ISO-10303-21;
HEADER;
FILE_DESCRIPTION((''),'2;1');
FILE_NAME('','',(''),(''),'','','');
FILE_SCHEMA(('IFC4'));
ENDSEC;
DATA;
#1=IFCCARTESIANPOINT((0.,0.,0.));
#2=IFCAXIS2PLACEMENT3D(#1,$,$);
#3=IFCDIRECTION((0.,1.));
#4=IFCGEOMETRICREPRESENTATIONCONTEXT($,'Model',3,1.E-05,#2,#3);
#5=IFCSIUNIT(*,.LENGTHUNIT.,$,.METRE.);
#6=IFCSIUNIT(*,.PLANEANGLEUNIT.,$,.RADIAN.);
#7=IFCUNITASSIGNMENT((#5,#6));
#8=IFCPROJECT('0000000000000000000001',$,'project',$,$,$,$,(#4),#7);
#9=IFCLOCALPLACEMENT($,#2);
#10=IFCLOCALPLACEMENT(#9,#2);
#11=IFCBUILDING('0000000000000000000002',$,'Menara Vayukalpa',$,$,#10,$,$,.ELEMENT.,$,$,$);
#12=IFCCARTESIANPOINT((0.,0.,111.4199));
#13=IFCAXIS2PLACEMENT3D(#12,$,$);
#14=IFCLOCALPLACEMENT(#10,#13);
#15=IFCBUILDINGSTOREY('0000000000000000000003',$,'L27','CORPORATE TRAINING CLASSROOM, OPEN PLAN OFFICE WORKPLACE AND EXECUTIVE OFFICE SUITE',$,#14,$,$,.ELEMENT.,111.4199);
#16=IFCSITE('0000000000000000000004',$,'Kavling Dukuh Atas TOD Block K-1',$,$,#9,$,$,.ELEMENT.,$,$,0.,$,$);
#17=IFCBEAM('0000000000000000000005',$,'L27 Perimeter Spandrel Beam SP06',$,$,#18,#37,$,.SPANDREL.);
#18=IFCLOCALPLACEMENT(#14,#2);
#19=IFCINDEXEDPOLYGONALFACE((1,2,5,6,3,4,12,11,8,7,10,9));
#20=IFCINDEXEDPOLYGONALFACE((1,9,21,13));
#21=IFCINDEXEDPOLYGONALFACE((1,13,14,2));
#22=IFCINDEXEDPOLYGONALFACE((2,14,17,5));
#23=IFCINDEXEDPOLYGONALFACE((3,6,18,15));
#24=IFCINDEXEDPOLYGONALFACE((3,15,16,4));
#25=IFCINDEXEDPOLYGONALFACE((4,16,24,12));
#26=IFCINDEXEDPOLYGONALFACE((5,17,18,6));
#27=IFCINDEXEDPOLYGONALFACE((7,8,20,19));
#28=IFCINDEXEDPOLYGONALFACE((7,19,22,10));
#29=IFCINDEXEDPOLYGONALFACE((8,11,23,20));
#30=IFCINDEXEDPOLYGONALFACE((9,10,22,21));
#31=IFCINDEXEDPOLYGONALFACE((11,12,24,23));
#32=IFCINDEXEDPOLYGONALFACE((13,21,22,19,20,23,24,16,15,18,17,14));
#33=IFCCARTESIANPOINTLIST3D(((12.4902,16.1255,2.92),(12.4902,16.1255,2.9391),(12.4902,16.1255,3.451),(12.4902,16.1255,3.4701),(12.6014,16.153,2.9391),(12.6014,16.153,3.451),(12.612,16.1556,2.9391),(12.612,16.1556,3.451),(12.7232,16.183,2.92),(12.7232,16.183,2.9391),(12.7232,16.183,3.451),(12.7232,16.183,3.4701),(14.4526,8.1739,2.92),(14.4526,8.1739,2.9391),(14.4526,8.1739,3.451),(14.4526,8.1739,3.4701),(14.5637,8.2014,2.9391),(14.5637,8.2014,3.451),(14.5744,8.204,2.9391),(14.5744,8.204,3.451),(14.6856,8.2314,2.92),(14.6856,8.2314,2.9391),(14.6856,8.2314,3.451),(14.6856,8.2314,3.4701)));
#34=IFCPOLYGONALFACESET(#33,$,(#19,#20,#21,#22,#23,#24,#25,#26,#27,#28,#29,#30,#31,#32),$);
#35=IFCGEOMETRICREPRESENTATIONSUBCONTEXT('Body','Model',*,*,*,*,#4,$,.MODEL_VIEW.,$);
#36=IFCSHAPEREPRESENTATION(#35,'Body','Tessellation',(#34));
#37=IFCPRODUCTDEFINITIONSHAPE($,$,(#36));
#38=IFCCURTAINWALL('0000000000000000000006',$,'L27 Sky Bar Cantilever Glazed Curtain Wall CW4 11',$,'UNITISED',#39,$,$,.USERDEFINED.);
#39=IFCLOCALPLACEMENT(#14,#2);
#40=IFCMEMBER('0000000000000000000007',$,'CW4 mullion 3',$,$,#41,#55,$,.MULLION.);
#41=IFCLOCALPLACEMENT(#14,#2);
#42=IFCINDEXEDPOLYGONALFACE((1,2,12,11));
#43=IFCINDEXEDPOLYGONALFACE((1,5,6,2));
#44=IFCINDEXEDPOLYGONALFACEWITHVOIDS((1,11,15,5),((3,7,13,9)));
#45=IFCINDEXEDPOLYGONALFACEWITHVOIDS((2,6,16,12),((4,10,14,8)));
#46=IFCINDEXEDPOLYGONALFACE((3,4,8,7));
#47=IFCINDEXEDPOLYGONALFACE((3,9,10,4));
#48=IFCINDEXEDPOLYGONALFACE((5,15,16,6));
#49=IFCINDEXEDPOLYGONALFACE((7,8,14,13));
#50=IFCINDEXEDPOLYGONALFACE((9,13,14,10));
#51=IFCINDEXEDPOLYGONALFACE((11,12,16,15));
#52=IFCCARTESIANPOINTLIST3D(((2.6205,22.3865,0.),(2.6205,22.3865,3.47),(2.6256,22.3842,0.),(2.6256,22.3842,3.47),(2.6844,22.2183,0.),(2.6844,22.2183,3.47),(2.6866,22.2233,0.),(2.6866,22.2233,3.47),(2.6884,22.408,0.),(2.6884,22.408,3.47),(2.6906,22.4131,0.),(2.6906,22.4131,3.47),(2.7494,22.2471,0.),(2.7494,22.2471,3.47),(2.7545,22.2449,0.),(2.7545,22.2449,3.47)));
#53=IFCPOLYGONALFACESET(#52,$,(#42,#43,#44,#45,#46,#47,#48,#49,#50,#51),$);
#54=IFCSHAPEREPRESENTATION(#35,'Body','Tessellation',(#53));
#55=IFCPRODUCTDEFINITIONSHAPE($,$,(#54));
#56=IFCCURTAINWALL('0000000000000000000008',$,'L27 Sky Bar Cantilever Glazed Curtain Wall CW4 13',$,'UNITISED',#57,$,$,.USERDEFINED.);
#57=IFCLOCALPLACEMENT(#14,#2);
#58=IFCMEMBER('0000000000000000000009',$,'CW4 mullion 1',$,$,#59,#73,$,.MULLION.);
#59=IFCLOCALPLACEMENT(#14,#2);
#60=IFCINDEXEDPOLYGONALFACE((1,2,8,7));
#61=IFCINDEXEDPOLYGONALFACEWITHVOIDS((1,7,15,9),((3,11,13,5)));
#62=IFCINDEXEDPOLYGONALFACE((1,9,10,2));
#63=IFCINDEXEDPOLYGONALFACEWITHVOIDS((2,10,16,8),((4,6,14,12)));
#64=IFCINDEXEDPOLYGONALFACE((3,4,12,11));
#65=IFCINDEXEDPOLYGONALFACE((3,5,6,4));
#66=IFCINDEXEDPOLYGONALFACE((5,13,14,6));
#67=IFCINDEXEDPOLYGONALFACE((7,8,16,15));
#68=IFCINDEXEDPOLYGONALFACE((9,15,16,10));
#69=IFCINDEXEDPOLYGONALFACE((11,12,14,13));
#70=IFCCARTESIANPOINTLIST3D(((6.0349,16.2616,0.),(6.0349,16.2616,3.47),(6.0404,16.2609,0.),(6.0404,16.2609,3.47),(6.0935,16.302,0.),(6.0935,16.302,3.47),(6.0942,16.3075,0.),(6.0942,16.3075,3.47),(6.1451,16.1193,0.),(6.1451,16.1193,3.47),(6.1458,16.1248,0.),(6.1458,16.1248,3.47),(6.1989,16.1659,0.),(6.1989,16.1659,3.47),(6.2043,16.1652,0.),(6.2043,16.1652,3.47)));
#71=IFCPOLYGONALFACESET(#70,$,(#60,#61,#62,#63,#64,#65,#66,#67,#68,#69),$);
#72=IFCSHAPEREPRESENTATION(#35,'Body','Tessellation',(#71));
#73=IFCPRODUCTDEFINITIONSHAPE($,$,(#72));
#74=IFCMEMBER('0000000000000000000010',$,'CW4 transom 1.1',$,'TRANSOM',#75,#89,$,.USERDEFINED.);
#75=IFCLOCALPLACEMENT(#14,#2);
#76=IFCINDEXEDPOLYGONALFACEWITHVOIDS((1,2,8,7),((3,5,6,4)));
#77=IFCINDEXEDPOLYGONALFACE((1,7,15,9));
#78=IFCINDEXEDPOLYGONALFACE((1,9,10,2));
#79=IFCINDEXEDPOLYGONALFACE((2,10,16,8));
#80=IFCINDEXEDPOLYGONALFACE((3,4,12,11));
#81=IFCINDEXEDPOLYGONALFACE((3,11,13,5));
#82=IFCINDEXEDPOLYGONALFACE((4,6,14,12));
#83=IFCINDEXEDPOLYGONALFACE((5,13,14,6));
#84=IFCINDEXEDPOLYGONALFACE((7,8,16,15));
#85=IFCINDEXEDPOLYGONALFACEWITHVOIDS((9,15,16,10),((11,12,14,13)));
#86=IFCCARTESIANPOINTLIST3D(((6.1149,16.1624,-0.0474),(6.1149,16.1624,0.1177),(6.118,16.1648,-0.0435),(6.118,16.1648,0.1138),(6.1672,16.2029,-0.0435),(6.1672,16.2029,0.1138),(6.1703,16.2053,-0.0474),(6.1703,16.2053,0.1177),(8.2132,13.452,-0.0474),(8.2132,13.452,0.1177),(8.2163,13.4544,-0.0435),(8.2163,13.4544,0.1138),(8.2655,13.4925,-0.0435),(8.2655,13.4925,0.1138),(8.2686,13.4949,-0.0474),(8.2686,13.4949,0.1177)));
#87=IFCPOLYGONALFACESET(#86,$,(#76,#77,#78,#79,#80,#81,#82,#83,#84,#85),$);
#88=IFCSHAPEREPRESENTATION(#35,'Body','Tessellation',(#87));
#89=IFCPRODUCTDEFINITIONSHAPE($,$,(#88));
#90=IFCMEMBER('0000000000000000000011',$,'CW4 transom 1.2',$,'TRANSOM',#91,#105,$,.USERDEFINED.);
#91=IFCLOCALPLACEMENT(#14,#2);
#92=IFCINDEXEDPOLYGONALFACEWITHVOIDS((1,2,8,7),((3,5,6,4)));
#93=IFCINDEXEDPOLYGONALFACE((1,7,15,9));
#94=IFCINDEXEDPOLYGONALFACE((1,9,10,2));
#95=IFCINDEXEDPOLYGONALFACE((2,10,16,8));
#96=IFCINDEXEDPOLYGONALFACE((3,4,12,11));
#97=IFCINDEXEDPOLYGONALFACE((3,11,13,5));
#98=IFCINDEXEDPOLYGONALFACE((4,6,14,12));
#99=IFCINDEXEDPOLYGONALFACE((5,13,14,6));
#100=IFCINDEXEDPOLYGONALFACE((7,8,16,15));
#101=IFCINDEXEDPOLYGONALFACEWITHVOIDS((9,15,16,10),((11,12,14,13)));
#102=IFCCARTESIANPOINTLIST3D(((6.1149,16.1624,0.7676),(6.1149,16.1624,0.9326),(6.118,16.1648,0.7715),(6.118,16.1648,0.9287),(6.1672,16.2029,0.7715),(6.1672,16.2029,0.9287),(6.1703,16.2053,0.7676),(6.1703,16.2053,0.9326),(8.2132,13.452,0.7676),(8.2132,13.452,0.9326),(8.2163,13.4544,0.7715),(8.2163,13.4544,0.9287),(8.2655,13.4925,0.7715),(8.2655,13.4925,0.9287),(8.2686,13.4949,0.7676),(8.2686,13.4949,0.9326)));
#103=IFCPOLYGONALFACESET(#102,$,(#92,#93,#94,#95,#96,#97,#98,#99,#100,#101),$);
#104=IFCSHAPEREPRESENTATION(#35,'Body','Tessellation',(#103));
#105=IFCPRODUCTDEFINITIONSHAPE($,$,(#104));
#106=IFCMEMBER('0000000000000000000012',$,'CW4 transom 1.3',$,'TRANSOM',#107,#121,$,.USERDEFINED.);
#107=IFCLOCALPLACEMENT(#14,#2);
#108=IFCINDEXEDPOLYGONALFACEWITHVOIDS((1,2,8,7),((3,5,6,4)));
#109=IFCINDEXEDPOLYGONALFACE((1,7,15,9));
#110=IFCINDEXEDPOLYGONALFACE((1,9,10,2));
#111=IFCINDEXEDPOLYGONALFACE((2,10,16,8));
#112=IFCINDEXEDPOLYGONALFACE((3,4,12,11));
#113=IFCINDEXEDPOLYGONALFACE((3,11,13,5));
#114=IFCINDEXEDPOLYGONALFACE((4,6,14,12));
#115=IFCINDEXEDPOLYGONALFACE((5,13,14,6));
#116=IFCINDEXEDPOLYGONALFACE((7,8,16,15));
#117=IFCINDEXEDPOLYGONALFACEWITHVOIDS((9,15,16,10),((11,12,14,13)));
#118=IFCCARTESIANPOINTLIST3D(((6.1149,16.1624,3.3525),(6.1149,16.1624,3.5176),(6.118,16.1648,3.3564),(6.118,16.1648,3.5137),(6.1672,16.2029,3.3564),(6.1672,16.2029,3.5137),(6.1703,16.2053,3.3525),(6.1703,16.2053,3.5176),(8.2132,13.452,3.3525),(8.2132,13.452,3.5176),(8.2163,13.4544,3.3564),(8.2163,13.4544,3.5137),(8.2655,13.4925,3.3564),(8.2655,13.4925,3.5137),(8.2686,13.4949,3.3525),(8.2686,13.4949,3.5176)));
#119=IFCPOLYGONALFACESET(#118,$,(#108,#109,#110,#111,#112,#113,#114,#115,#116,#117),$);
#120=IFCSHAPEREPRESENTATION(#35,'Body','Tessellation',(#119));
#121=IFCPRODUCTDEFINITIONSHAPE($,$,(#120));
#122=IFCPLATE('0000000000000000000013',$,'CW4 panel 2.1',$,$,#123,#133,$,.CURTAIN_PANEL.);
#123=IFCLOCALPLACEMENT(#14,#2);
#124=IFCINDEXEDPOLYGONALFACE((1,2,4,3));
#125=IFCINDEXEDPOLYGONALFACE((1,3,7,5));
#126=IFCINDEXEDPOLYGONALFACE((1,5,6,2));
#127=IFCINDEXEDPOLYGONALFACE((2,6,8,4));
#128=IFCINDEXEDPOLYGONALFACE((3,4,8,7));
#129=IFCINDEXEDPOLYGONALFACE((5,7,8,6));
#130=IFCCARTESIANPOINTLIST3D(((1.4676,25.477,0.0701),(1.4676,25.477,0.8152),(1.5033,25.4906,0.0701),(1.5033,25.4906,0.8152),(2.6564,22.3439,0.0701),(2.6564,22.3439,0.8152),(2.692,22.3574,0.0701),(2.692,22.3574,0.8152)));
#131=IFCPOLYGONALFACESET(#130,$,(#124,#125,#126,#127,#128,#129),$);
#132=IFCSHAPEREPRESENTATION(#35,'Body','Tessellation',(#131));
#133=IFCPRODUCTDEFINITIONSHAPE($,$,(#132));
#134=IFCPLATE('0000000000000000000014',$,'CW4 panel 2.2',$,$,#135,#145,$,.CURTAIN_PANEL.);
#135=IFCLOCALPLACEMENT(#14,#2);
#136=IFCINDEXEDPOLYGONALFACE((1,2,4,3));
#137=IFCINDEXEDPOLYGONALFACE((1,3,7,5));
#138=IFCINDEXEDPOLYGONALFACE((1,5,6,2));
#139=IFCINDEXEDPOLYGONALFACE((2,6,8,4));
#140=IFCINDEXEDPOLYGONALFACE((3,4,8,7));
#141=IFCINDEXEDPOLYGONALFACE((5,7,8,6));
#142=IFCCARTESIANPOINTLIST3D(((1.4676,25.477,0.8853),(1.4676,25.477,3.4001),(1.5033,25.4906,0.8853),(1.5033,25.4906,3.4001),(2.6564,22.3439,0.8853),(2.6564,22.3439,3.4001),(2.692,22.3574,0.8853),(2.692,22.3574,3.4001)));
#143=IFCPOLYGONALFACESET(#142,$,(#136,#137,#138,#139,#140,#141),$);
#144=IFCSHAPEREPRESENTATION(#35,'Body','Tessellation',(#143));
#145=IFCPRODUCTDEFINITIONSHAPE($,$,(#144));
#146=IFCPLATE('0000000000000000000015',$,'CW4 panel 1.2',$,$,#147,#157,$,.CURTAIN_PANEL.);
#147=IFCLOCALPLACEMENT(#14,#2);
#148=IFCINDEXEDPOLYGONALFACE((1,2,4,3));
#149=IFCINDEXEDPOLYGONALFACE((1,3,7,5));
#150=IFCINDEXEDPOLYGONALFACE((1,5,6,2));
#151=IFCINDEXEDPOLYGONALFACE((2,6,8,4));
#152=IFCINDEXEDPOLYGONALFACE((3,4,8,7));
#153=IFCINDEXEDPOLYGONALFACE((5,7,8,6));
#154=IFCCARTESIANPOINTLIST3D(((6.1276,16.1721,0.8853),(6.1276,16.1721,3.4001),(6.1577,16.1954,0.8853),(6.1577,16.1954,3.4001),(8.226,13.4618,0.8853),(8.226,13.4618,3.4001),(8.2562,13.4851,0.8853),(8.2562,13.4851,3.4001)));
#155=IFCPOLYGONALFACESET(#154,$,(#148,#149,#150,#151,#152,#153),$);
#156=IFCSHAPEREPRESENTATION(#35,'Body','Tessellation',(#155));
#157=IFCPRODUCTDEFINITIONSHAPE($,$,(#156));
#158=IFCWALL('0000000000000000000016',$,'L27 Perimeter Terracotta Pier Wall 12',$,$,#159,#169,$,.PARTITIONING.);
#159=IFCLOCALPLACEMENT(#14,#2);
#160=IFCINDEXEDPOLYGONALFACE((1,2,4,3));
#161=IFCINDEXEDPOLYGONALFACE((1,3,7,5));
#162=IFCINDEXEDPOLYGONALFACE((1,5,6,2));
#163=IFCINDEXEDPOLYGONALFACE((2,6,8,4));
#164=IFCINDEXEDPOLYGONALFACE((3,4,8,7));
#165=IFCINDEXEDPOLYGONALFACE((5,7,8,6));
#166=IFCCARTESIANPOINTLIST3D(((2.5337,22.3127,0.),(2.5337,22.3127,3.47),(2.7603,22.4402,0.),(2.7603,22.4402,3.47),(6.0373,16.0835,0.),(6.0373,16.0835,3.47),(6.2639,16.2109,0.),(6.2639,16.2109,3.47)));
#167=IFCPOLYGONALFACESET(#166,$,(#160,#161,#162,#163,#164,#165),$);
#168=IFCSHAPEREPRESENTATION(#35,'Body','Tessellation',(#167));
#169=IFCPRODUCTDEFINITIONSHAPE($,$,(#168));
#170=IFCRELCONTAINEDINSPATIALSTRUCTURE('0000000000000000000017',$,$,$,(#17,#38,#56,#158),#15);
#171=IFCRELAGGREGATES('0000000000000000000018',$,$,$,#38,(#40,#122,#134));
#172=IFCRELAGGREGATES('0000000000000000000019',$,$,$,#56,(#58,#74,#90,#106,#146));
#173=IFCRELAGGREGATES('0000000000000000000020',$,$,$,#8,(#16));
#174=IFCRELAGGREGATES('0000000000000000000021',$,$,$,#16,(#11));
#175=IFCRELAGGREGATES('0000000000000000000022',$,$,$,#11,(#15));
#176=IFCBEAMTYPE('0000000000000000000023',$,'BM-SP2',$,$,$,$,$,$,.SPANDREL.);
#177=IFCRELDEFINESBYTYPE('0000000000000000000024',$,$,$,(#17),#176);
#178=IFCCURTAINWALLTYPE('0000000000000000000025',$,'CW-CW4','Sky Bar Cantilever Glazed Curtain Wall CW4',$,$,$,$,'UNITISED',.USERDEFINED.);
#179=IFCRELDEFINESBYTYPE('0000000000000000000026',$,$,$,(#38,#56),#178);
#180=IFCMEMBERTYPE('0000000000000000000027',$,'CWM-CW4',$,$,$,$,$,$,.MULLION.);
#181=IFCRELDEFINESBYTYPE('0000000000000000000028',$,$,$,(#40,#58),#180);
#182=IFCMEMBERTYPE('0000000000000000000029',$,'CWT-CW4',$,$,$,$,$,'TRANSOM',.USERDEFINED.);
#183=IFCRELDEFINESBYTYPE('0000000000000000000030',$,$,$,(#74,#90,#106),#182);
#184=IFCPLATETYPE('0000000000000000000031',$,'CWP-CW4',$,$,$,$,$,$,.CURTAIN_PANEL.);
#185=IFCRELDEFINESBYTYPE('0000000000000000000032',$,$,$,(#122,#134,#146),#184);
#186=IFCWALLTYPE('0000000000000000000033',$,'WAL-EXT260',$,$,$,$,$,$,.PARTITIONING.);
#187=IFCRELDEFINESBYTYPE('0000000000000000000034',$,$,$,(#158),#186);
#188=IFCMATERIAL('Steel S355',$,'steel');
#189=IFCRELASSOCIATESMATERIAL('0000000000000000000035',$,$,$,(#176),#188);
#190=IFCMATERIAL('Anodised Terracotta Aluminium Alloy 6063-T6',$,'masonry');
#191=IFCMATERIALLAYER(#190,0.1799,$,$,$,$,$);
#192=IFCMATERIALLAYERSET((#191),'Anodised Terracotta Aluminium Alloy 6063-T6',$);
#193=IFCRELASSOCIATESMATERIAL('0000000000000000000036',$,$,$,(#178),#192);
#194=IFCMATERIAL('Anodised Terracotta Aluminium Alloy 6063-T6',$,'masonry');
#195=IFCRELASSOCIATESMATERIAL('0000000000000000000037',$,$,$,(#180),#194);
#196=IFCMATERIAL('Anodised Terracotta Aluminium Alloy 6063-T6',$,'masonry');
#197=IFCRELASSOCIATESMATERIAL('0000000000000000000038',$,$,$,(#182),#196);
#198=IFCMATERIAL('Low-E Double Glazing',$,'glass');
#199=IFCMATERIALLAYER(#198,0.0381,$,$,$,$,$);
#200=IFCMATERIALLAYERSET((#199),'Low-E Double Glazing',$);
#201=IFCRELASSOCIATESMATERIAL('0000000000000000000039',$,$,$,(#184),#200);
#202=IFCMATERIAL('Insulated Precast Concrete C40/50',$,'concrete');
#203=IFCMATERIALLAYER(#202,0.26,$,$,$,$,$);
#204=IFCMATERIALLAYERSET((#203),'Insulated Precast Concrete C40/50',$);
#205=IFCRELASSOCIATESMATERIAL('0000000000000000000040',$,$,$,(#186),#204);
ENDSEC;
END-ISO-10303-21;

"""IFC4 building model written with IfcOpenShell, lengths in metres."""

from ifc_helpers import new_model, si_unit, direction, frame, frame_2d, origin, origin_2d, place, context, subcontext, project, spatial, rectangle, hollow_rectangle, i_section, extrude, material, layer, layer_set, material_profile, profile_set, type_object, element, aggregate, save


model = new_model("IFC4")

# Units and contexts
model_context = context("Model", 3, precision=1e-05, world=origin(), true_north=direction((0.0, 1.0)))
body_context = subcontext(model_context, "Body", "Model", "MODEL_VIEW")
ifc_project = project(units=[si_unit("LENGTHUNIT", "METRE"), si_unit("PLANEANGLEUNIT", "RADIAN")], contexts=[model_context])

# Site, building, storey
site_placement = place(None, origin())
site = spatial("IfcSite", under=ifc_project, at=site_placement, Name="Kavling Dukuh Atas TOD Block K-1", CompositionType="ELEMENT", RefElevation=0.0)
building_placement = place(site_placement, origin())
building = spatial("IfcBuilding", under=site, at=building_placement, Name="Menara Vayukalpa", CompositionType="ELEMENT")
storey_placement = place(building_placement, frame((0.0, 0.0, 111.4199)))
storey = spatial("IfcBuildingStorey", under=building, at=storey_placement, Name="L27", Description="CORPORATE TRAINING CLASSROOM, OPEN PLAN OFFICE WORKPLACE AND EXECUTIVE OFFICE SUITE", CompositionType="ELEMENT", Elevation=111.4199)

# Beam
ifc_material_1 = material(Name="Steel S355", Category="steel")
ifc_material_profile_1 = material_profile(ifc_material_1, i_section(OverallWidth=0.24, OverallDepth=0.55, WebThickness=0.011, FlangeThickness=0.019, at=origin_2d()), Name="WF 550x240x11x19")
ifc_profile_set_1 = profile_set([ifc_material_profile_1], Name="Steel S355")
beam_type_1 = type_object("IfcBeamType", Name="BM-SP2", PredefinedType="SPANDREL", material=ifc_profile_set_1)
beam_1_placement = place(storey_placement, frame((12.6067, 16.1543, 3.1951), z_axis=(0.239603, -0.970871, 0.0), x_axis=(0.970871, 0.239603, 0.0)))
element("IfcBeam", 1, at=beam_1_placement, inside=storey, type_object=beam_type_1, Name="L27 Perimeter Spandrel Beam SP06", PredefinedType="SPANDREL", context=body_context, shape_type="SweptSolid", body=[
    extrude(i_section(OverallWidth=0.24, OverallDepth=0.55, WebThickness=0.011, FlangeThickness=0.019, at=origin_2d()), origin(), (0.0, 0.0, 1.0), 8.1902),
])

# Curtain wall, member
ifc_material_2 = material(Name="Anodised Terracotta Aluminium Alloy 6063-T6", Category="masonry")
ifc_layer_1 = layer(ifc_material_2, 0.1799)
ifc_layer_set_1 = layer_set([ifc_layer_1], Name="Anodised Terracotta Aluminium Alloy 6063-T6")
curtain_wall_type = type_object("IfcCurtainWallType", Name="CW-CW4", Description="Sky Bar Cantilever Glazed Curtain Wall CW4", ElementType="UNITISED", PredefinedType="USERDEFINED", material=ifc_layer_set_1)
curtain_wall_1_placement = place(storey_placement, origin())
curtain_wall_1 = element("IfcCurtainWall", 2, at=curtain_wall_1_placement, inside=storey, type_object=curtain_wall_type, Name="L27 Sky Bar Cantilever Glazed Curtain Wall CW4 11", ObjectType="UNITISED", PredefinedType="USERDEFINED")
ifc_material_3 = material(Name="Anodised Terracotta Aluminium Alloy 6063-T6", Category="masonry")
ifc_material_profile_2 = material_profile(ifc_material_3, hollow_rectangle(XDim=0.075, YDim=0.1799, WallThickness=0.0039, at=origin_2d()), Name="ALU 75x180x4")
ifc_profile_set_2 = profile_set([ifc_material_profile_2], Name="Anodised Terracotta Aluminium Alloy 6063-T6")
member_type_1 = type_object("IfcMemberType", Name="CWM-CW4", PredefinedType="MULLION", material=ifc_profile_set_2)
member_1_placement = place(storey_placement, frame((2.6875, 22.3157, 0.0), z_axis=(0.0, 0.0, 1.0), x_axis=(0.934964, 0.354742, 0.0)))
member_1 = element("IfcMember", 3, at=member_1_placement, type_object=member_type_1, Name="CW4 mullion 3", PredefinedType="MULLION", context=body_context, shape_type="SweptSolid", body=[
    extrude(hollow_rectangle(XDim=0.075, YDim=0.1799, WallThickness=0.0039, at=origin_2d()), origin(), (0.0, 0.0, 1.0), 3.47),
])

# Curtain wall, members
curtain_wall_2_placement = place(storey_placement, origin())
curtain_wall_2 = element("IfcCurtainWall", 4, at=curtain_wall_2_placement, inside=storey, type_object=curtain_wall_type, Name="L27 Sky Bar Cantilever Glazed Curtain Wall CW4 13", ObjectType="UNITISED", PredefinedType="USERDEFINED")
member_2_placement = place(storey_placement, frame((6.1196, 16.2134, 0.0), z_axis=(0.0, 0.0, 1.0), x_axis=(0.790712, 0.612189, 0.0)))
member_2 = element("IfcMember", 5, at=member_2_placement, type_object=member_type_1, Name="CW4 mullion 1", PredefinedType="MULLION", context=body_context, shape_type="SweptSolid", body=[
    extrude(hollow_rectangle(XDim=0.075, YDim=0.1799, WallThickness=0.0039, at=origin_2d()), origin(), (0.0, 0.0, 1.0), 3.47),
])
ifc_material_4 = material(Name="Anodised Terracotta Aluminium Alloy 6063-T6", Category="masonry")
ifc_material_profile_3 = material_profile(ifc_material_4, hollow_rectangle(XDim=0.0701, YDim=0.165, WallThickness=0.0039, at=origin_2d()), Name="ALU 70x165x4")
ifc_profile_set_3 = profile_set([ifc_material_profile_3], Name="Anodised Terracotta Aluminium Alloy 6063-T6")
member_type_2 = type_object("IfcMemberType", Name="CWT-CW4", ElementType="TRANSOM", PredefinedType="USERDEFINED", material=ifc_profile_set_3)
member_3_placement = place(storey_placement, frame((6.1426, 16.1838, 0.0352), z_axis=(0.612169, -0.790727, 0.0), x_axis=(0.790727, 0.612169, 0.0)))
member_3 = element("IfcMember", 6, at=member_3_placement, type_object=member_type_2, Name="CW4 transom 1.1", ObjectType="TRANSOM", PredefinedType="USERDEFINED", context=body_context, shape_type="SweptSolid", body=[
    extrude(hollow_rectangle(XDim=0.0701, YDim=0.165, WallThickness=0.0039, at=origin_2d()), origin(), (0.0, 0.0, 1.0), 3.4277),
])
member_4_placement = place(storey_placement, frame((6.1426, 16.1838, 0.8501), z_axis=(0.612169, -0.790727, 0.0), x_axis=(0.790727, 0.612169, 0.0)))
member_4 = element("IfcMember", 7, at=member_4_placement, type_object=member_type_2, Name="CW4 transom 1.2", ObjectType="TRANSOM", PredefinedType="USERDEFINED", context=body_context, shape_type="SweptSolid", body=[
    extrude(hollow_rectangle(XDim=0.0701, YDim=0.165, WallThickness=0.0039, at=origin_2d()), origin(), (0.0, 0.0, 1.0), 3.4277),
])
member_5_placement = place(storey_placement, frame((6.1426, 16.1838, 3.4351), z_axis=(0.612169, -0.790727, 0.0), x_axis=(0.790727, 0.612169, 0.0)))
member_5 = element("IfcMember", 8, at=member_5_placement, type_object=member_type_2, Name="CW4 transom 1.3", ObjectType="TRANSOM", PredefinedType="USERDEFINED", context=body_context, shape_type="SweptSolid", body=[
    extrude(hollow_rectangle(XDim=0.0701, YDim=0.165, WallThickness=0.0039, at=origin_2d()), origin(), (0.0, 0.0, 1.0), 3.4277),
])

# Plates
ifc_material_5 = material(Name="Low-E Double Glazing", Category="glass")
ifc_layer_2 = layer(ifc_material_5, 0.0381)
ifc_layer_set_2 = layer_set([ifc_layer_2], Name="Low-E Double Glazing")
plate_type = type_object("IfcPlateType", Name="CWP-CW4", PredefinedType="CURTAIN_PANEL", material=ifc_layer_set_2)
plate_1_placement = place(storey_placement, frame((2.0798, 23.9172, 0.0701), z_axis=(0.0, 0.0, 1.0), x_axis=(0.354742, -0.934964, 0.0)))
plate_1 = element("IfcPlate", 9, at=plate_1_placement, type_object=plate_type, Name="CW4 panel 2.1", PredefinedType="CURTAIN_PANEL", context=body_context, shape_type="SweptSolid", body=[
    extrude(rectangle(XDim=3.3511, YDim=0.0381, at=origin_2d()), origin(), (0.0, 0.0, 1.0), 0.7451),
])
plate_2_placement = place(storey_placement, frame((2.0798, 23.9172, 0.8853), z_axis=(0.0, 0.0, 1.0), x_axis=(0.354742, -0.934964, 0.0)))
plate_2 = element("IfcPlate", 10, at=plate_2_placement, type_object=plate_type, Name="CW4 panel 2.2", PredefinedType="CURTAIN_PANEL", context=body_context, shape_type="SweptSolid", body=[
    extrude(rectangle(XDim=3.3511, YDim=0.0381, at=origin_2d()), origin(), (0.0, 0.0, 1.0), 2.5149),
])
aggregate(curtain_wall_1, [member_1, plate_1, plate_2])
plate_3_placement = place(storey_placement, frame((7.1919, 14.8286, 0.8853), z_axis=(0.0, 0.0, 1.0), x_axis=(0.612189, -0.790712, 0.0)))
plate_3 = element("IfcPlate", 11, at=plate_3_placement, type_object=plate_type, Name="CW4 panel 1.2", PredefinedType="CURTAIN_PANEL", context=body_context, shape_type="SweptSolid", body=[
    extrude(rectangle(XDim=3.4277, YDim=0.0381, at=origin_2d()), origin(), (0.0, 0.0, 1.0), 2.5149),
])
aggregate(curtain_wall_2, [member_2, member_3, member_4, member_5, plate_3])

# Wall
ifc_material_6 = material(Name="Insulated Precast Concrete C40/50", Category="concrete")
ifc_layer_3 = layer(ifc_material_6, 0.26)
ifc_layer_set_3 = layer_set([ifc_layer_3], Name="Insulated Precast Concrete C40/50")
wall_type_1 = type_object("IfcWallType", Name="WAL-EXT260", PredefinedType="PARTITIONING", material=ifc_layer_set_3)
wall_1_placement = place(storey_placement, frame((6.1506, 16.1472, 0.0), z_axis=(0.0, 0.0, 1.0), x_axis=(-0.49023, 0.871593, 0.0)))
element("IfcWall", 12, at=wall_1_placement, inside=storey, type_object=wall_type_1, Name="L27 Perimeter Terracotta Pier Wall 12", PredefinedType="PARTITIONING", context=body_context, shape_type="SweptSolid", body=[
    extrude(rectangle(XDim=7.147, YDim=0.26, at=frame_2d((3.5735, 0.0))), origin(), (0.0, 0.0, 1.0), 3.47),
])

save(model, "model.ifc")
